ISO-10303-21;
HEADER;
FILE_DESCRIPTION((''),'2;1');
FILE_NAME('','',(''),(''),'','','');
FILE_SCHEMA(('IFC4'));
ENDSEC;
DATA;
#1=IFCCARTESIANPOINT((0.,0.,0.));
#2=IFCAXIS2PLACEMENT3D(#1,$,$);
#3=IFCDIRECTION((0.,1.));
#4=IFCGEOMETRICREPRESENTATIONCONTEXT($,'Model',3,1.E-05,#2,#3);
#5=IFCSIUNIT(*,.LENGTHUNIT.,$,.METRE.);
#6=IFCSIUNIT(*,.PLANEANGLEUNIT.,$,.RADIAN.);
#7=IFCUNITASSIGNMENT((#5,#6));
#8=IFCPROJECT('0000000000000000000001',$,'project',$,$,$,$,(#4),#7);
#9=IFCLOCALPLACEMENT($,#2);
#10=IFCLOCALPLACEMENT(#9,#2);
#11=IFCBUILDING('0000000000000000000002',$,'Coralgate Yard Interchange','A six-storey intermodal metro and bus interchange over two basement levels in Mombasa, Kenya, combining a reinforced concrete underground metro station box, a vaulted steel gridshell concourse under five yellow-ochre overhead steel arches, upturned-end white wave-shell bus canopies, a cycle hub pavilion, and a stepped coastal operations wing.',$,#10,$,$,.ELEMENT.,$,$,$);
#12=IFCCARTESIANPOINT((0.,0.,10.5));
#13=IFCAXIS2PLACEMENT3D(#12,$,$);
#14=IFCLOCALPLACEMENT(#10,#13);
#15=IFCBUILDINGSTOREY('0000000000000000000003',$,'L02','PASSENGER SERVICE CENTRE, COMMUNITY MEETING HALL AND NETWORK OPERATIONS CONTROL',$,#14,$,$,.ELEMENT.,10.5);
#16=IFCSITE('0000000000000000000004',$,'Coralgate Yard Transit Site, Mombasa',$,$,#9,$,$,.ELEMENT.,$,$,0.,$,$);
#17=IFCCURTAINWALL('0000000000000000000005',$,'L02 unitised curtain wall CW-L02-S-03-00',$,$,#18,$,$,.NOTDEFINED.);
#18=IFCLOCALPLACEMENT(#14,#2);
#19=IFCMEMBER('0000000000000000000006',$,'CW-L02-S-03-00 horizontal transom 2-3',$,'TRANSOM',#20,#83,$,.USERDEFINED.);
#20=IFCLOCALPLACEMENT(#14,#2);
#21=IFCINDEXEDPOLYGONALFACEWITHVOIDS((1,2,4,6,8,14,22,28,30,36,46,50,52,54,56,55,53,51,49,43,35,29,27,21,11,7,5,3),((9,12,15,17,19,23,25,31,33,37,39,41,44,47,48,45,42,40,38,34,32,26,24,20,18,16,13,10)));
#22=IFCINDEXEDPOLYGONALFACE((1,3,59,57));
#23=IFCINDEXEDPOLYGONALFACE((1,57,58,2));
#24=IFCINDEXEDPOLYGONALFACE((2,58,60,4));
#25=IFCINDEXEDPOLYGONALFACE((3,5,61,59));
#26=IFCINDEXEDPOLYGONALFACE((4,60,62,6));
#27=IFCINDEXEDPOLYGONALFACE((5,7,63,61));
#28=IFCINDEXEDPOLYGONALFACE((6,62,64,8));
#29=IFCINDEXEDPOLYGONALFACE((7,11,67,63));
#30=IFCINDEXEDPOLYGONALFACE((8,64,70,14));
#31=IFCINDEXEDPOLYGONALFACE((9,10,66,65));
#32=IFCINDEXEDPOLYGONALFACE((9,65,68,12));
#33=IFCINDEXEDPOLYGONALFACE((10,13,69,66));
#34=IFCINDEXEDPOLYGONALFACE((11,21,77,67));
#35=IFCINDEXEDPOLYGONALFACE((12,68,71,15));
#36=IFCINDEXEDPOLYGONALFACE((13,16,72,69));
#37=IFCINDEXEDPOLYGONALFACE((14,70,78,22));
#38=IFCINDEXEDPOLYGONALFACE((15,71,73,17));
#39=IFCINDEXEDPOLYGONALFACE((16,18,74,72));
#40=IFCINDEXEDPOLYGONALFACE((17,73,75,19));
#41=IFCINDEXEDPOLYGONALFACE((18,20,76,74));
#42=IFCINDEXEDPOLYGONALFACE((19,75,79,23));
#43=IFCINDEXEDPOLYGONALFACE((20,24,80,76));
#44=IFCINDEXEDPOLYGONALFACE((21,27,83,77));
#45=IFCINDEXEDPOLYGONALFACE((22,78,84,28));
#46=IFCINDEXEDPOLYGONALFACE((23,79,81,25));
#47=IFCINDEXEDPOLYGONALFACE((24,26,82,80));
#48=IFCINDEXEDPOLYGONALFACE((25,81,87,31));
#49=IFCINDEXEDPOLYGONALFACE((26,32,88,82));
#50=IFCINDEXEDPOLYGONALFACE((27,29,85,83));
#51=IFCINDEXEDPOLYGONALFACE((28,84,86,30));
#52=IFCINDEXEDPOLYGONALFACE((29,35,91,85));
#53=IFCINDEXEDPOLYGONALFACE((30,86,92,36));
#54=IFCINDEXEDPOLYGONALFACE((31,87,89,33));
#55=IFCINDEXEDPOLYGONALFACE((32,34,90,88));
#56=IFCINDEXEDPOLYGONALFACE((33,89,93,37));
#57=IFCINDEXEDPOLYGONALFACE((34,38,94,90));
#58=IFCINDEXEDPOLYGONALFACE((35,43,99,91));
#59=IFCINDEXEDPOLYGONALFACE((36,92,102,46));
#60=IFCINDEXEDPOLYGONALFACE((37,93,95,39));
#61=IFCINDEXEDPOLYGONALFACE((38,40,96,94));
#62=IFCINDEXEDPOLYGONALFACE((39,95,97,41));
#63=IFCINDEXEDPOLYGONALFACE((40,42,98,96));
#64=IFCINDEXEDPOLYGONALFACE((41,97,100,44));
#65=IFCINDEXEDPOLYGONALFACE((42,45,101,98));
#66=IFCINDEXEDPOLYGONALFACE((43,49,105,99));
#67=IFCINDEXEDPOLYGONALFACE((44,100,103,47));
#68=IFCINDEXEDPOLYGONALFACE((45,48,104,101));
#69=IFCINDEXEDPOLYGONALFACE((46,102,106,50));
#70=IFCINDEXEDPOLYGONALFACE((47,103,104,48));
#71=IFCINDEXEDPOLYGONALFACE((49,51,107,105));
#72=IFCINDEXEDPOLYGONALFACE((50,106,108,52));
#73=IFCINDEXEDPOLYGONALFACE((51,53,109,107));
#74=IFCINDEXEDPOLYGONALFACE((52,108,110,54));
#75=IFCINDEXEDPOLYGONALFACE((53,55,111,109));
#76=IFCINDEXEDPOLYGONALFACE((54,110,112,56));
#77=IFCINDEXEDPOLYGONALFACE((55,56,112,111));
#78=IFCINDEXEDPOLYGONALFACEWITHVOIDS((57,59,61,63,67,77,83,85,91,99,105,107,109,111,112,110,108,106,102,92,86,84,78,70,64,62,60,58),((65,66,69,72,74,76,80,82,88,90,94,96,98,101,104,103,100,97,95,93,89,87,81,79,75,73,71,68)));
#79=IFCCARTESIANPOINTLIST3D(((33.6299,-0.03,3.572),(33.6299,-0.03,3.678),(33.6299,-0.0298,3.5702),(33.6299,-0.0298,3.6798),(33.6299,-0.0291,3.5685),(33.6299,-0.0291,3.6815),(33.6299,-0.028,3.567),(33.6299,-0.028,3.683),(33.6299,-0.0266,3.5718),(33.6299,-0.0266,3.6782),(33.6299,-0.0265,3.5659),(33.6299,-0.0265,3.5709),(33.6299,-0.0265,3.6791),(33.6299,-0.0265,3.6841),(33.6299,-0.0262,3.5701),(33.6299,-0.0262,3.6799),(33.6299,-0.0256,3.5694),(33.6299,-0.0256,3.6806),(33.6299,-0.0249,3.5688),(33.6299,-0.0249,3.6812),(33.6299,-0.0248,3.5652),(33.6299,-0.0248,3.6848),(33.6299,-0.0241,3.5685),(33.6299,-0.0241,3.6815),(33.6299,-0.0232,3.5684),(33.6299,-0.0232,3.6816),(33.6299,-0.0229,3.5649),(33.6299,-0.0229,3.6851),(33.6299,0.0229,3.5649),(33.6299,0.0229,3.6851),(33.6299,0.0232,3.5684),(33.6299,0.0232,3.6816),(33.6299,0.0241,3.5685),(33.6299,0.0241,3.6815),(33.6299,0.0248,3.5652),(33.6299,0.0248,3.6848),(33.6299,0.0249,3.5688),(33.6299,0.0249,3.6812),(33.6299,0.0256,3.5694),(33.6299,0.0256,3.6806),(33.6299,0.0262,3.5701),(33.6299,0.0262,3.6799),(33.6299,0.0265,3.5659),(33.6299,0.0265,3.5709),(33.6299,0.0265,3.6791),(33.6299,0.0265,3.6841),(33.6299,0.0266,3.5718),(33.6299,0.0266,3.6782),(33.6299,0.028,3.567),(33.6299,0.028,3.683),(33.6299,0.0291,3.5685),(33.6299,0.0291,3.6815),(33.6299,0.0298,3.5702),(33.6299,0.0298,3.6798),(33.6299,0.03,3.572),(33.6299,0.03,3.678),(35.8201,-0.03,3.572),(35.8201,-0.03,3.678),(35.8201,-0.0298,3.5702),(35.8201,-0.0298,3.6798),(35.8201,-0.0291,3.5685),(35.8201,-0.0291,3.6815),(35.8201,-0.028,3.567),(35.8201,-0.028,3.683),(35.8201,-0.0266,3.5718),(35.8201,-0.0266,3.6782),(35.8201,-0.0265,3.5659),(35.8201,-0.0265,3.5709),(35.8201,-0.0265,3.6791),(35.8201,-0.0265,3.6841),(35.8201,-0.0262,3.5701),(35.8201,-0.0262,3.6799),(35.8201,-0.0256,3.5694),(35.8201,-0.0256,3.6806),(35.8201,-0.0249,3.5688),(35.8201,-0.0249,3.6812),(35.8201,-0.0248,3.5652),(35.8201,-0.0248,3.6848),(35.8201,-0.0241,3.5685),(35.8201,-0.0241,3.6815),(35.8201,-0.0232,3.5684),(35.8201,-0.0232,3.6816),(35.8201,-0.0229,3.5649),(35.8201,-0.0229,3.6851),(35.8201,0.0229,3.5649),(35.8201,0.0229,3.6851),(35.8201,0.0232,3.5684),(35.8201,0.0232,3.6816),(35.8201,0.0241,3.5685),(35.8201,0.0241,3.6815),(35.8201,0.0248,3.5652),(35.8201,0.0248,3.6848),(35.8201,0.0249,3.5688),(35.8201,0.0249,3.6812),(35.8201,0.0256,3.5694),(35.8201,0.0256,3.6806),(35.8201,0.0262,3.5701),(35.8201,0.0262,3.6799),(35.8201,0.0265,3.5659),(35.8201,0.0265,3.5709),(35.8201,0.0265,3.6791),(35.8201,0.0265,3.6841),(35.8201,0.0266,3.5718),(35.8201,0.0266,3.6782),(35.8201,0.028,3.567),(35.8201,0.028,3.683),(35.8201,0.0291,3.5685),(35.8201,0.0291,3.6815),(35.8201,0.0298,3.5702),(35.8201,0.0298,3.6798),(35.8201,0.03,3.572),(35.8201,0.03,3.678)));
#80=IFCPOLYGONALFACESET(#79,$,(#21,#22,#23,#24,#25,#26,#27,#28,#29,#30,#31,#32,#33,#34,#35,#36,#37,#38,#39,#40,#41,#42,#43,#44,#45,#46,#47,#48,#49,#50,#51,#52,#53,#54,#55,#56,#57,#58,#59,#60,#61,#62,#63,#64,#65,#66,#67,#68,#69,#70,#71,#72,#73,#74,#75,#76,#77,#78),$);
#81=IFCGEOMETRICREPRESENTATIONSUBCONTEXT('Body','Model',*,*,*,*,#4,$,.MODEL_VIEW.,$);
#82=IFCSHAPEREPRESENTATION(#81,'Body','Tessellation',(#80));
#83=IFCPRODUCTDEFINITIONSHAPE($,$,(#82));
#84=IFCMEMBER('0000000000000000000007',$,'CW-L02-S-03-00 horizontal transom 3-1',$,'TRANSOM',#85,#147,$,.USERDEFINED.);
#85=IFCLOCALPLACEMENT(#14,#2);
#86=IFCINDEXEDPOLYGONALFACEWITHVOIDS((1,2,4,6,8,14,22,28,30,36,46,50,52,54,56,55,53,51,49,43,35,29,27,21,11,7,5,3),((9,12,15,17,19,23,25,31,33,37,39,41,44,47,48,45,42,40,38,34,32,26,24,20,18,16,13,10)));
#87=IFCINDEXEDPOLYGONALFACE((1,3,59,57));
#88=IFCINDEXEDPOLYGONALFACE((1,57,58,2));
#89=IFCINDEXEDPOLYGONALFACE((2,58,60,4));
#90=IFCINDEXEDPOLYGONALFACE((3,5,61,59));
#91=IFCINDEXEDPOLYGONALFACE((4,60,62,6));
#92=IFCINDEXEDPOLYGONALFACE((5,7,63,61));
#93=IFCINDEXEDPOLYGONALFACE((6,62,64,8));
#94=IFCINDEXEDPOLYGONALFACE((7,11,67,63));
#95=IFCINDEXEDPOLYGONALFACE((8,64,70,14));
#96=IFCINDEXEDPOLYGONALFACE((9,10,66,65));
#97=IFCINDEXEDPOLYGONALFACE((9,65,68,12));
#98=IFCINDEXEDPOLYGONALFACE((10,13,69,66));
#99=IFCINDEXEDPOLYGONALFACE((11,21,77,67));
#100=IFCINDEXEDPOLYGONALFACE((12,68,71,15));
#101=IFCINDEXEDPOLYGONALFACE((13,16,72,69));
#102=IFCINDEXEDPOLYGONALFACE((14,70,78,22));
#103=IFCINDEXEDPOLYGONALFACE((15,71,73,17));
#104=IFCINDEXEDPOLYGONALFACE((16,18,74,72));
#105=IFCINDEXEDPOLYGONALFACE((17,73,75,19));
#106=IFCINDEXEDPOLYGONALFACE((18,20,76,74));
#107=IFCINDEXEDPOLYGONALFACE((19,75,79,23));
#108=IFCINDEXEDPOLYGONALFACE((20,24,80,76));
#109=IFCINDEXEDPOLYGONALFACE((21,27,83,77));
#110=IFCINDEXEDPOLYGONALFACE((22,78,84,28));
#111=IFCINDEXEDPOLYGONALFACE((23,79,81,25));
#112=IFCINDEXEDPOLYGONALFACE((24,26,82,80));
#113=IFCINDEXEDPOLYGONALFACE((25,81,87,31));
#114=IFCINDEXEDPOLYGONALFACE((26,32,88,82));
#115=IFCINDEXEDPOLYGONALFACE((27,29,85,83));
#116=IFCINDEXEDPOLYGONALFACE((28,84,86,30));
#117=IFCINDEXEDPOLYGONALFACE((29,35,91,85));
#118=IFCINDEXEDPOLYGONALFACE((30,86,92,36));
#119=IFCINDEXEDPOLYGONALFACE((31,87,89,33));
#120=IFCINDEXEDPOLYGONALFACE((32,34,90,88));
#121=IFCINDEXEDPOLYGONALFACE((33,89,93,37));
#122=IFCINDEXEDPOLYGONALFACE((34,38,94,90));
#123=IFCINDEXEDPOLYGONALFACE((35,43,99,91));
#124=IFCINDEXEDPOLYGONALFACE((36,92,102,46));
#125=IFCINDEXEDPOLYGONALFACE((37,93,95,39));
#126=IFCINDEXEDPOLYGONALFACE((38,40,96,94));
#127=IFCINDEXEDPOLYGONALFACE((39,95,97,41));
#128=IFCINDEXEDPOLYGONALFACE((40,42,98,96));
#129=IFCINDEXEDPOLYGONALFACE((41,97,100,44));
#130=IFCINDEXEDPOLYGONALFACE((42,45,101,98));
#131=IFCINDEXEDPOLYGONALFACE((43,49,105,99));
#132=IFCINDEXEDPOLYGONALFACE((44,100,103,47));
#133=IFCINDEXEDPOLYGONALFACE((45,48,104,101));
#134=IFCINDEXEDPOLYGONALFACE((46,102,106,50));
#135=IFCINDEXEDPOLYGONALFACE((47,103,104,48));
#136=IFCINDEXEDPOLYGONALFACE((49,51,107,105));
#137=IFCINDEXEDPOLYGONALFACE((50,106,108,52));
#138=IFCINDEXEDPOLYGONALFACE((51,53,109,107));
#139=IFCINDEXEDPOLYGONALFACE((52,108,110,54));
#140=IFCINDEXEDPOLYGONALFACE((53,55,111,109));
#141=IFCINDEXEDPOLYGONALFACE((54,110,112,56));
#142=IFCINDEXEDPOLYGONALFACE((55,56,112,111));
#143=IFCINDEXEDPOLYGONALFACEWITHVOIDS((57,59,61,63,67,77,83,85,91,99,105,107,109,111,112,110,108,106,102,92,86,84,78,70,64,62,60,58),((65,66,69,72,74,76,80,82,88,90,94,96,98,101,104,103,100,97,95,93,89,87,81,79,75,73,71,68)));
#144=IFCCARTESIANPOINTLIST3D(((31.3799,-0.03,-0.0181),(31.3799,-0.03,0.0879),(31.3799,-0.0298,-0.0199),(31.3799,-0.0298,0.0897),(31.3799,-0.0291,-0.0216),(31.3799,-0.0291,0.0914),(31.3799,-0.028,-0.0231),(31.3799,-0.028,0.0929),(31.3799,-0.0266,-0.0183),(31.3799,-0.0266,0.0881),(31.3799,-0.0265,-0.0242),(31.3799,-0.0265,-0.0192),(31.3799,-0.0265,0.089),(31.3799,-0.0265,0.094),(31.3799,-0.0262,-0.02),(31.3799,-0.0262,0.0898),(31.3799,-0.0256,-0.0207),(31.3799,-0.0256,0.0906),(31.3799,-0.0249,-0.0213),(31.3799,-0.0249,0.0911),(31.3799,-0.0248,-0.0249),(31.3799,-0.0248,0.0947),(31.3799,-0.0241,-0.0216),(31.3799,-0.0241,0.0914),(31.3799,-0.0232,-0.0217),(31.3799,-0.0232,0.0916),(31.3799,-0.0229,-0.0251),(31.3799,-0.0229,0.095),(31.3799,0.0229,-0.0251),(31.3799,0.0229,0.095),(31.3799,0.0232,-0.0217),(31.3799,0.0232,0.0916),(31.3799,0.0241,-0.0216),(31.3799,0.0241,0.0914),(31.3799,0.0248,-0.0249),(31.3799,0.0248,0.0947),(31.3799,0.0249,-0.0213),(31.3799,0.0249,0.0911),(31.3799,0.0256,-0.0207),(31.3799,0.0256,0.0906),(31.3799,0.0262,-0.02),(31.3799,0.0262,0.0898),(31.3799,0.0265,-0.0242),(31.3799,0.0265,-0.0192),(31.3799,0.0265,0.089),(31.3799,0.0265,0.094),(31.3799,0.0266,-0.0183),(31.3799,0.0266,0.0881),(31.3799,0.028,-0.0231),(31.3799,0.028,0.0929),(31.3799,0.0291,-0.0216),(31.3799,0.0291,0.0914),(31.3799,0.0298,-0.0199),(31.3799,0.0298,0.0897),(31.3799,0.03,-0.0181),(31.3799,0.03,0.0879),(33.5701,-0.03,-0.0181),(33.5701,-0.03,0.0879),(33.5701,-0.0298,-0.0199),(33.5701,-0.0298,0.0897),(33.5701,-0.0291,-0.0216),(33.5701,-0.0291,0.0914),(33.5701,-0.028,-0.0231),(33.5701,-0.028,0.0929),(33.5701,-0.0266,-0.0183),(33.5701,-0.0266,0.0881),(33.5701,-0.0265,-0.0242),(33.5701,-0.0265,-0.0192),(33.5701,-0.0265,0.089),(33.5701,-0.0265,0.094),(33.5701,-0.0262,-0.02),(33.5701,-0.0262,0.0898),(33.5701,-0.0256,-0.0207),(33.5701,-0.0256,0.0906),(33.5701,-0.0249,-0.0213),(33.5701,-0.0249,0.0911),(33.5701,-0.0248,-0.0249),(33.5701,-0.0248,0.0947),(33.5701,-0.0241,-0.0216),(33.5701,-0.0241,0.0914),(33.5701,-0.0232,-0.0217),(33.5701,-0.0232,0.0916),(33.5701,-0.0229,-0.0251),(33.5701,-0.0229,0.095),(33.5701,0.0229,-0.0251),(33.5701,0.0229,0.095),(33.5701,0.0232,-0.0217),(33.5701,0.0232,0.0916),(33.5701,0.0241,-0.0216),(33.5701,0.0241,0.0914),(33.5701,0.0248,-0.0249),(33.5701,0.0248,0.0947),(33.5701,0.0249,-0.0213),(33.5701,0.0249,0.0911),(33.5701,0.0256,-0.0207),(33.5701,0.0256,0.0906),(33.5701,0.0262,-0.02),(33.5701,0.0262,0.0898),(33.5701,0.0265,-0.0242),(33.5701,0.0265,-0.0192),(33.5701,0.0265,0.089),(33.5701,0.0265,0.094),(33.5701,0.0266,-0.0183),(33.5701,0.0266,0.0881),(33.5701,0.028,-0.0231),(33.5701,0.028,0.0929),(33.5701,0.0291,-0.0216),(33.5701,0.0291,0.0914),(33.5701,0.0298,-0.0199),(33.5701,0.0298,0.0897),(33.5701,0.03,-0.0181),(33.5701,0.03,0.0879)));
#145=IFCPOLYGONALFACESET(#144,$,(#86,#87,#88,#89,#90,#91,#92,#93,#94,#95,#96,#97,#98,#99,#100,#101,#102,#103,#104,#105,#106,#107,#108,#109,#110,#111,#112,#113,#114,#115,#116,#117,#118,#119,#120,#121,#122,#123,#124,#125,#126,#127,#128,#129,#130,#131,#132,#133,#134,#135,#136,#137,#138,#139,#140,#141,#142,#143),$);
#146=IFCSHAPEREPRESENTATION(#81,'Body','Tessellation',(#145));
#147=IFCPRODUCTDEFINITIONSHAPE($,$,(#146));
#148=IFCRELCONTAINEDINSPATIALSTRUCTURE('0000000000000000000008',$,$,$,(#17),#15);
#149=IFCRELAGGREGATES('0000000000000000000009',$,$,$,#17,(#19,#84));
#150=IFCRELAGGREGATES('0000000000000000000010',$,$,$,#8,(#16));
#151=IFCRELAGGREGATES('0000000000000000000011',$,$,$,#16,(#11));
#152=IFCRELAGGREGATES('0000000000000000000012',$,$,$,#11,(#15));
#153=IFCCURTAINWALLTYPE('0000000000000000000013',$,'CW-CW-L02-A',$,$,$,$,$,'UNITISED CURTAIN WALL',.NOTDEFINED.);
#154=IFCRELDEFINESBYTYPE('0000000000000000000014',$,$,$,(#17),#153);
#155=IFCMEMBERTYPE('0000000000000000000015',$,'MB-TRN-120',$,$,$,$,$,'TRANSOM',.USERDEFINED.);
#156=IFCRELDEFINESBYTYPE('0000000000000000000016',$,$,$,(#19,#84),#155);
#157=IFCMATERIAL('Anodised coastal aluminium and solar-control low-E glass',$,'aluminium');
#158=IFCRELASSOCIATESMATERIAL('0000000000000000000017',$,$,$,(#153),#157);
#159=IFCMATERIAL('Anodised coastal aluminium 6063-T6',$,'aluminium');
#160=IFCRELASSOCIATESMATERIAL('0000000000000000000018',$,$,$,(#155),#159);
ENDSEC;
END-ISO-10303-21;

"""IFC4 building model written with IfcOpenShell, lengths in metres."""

from ifc_helpers import new_model, si_unit, direction, frame, origin, origin_2d, place, context, subcontext, project, spatial, hollow_rectangle, extrude, material, material_profile, profile_set, type_object, element, aggregate, save


model = new_model("IFC4")

# Units and contexts
model_context = context("Model", 3, precision=1e-05, world=origin(), true_north=direction((0.0, 1.0)))
body_context = subcontext(model_context, "Body", "Model", "MODEL_VIEW")
ifc_project = project(units=[si_unit("LENGTHUNIT", "METRE"), si_unit("PLANEANGLEUNIT", "RADIAN")], contexts=[model_context])

# Site, building, storey
site_placement = place(None, origin())
site = spatial("IfcSite", under=ifc_project, at=site_placement, Name="Coralgate Yard Transit Site, Mombasa", CompositionType="ELEMENT", RefElevation=0.0)
building_placement = place(site_placement, origin())
building = spatial("IfcBuilding", under=site, at=building_placement, Name="Coralgate Yard Interchange", Description="A six-storey intermodal metro and bus interchange over two basement levels in Mombasa, Kenya, combining a reinforced concrete underground metro station box, a vaulted steel gridshell concourse under five yellow-ochre overhead steel arches, upturned-end white wave-shell bus canopies, a cycle hub pavilion, and a stepped coastal operations wing.", CompositionType="ELEMENT")
storey_placement = place(building_placement, frame((0.0, 0.0, 10.5)))
storey = spatial("IfcBuildingStorey", under=building, at=storey_placement, Name="L02", Description="PASSENGER SERVICE CENTRE, COMMUNITY MEETING HALL AND NETWORK OPERATIONS CONTROL", CompositionType="ELEMENT", Elevation=10.5)

# Curtain wall, members
ifc_material_1 = material(Name="Anodised coastal aluminium and solar-control low-E glass", Category="aluminium")
curtain_wall_type = type_object("IfcCurtainWallType", Name="CW-CW-L02-A", ElementType="UNITISED CURTAIN WALL", PredefinedType="NOTDEFINED", material=ifc_material_1)
curtain_wall_placement = place(storey_placement, origin())
curtain_wall = element("IfcCurtainWall", 1, at=curtain_wall_placement, inside=storey, type_object=curtain_wall_type, Name="L02 unitised curtain wall CW-L02-S-03-00", PredefinedType="NOTDEFINED")
ifc_material_2 = material(Name="Anodised coastal aluminium 6063-T6", Category="aluminium")
ifc_material_profile_1 = material_profile(ifc_material_2, hollow_rectangle(XDim=0.0601, YDim=0.1201, WallThickness=0.0034, InnerFilletRadius=0.0034, OuterFilletRadius=0.0071, at=origin_2d()), Name="ALU 60x120x3.5")
ifc_profile_set_1 = profile_set([ifc_material_profile_1], Name="Anodised coastal aluminium 6063-T6")
member_type_1 = type_object("IfcMemberType", Name="MB-TRN-120", ElementType="TRANSOM", PredefinedType="USERDEFINED", material=ifc_profile_set_1)
member_1_placement = place(storey_placement, frame((35.8201, 0.0, 3.625), z_axis=(-1.0, 0.0, 0.0), x_axis=(0.0, -1.0, 0.0)))
member_1 = element("IfcMember", 2, at=member_1_placement, type_object=member_type_1, Name="CW-L02-S-03-00 horizontal transom 2-3", ObjectType="TRANSOM", PredefinedType="USERDEFINED", context=body_context, shape_type="SweptSolid", body=[
    extrude(hollow_rectangle(XDim=0.0601, YDim=0.1201, WallThickness=0.0034, InnerFilletRadius=0.0034, OuterFilletRadius=0.0071, at=origin_2d()), origin(), (0.0, 0.0, 1.0), 2.1902),
])
member_2_placement = place(storey_placement, frame((33.5701, 0.0, 0.0349), z_axis=(-1.0, 0.0, 0.0), x_axis=(0.0, -1.0, 0.0)))
member_2 = element("IfcMember", 3, at=member_2_placement, type_object=member_type_1, Name="CW-L02-S-03-00 horizontal transom 3-1", ObjectType="TRANSOM", PredefinedType="USERDEFINED", context=body_context, shape_type="SweptSolid", body=[
    extrude(hollow_rectangle(XDim=0.0601, YDim=0.1201, WallThickness=0.0034, InnerFilletRadius=0.0034, OuterFilletRadius=0.0071, at=origin_2d()), origin(), (0.0, 0.0, 1.0), 2.1902),
])
aggregate(curtain_wall, [member_1, member_2])

save(model, "model.ifc")
